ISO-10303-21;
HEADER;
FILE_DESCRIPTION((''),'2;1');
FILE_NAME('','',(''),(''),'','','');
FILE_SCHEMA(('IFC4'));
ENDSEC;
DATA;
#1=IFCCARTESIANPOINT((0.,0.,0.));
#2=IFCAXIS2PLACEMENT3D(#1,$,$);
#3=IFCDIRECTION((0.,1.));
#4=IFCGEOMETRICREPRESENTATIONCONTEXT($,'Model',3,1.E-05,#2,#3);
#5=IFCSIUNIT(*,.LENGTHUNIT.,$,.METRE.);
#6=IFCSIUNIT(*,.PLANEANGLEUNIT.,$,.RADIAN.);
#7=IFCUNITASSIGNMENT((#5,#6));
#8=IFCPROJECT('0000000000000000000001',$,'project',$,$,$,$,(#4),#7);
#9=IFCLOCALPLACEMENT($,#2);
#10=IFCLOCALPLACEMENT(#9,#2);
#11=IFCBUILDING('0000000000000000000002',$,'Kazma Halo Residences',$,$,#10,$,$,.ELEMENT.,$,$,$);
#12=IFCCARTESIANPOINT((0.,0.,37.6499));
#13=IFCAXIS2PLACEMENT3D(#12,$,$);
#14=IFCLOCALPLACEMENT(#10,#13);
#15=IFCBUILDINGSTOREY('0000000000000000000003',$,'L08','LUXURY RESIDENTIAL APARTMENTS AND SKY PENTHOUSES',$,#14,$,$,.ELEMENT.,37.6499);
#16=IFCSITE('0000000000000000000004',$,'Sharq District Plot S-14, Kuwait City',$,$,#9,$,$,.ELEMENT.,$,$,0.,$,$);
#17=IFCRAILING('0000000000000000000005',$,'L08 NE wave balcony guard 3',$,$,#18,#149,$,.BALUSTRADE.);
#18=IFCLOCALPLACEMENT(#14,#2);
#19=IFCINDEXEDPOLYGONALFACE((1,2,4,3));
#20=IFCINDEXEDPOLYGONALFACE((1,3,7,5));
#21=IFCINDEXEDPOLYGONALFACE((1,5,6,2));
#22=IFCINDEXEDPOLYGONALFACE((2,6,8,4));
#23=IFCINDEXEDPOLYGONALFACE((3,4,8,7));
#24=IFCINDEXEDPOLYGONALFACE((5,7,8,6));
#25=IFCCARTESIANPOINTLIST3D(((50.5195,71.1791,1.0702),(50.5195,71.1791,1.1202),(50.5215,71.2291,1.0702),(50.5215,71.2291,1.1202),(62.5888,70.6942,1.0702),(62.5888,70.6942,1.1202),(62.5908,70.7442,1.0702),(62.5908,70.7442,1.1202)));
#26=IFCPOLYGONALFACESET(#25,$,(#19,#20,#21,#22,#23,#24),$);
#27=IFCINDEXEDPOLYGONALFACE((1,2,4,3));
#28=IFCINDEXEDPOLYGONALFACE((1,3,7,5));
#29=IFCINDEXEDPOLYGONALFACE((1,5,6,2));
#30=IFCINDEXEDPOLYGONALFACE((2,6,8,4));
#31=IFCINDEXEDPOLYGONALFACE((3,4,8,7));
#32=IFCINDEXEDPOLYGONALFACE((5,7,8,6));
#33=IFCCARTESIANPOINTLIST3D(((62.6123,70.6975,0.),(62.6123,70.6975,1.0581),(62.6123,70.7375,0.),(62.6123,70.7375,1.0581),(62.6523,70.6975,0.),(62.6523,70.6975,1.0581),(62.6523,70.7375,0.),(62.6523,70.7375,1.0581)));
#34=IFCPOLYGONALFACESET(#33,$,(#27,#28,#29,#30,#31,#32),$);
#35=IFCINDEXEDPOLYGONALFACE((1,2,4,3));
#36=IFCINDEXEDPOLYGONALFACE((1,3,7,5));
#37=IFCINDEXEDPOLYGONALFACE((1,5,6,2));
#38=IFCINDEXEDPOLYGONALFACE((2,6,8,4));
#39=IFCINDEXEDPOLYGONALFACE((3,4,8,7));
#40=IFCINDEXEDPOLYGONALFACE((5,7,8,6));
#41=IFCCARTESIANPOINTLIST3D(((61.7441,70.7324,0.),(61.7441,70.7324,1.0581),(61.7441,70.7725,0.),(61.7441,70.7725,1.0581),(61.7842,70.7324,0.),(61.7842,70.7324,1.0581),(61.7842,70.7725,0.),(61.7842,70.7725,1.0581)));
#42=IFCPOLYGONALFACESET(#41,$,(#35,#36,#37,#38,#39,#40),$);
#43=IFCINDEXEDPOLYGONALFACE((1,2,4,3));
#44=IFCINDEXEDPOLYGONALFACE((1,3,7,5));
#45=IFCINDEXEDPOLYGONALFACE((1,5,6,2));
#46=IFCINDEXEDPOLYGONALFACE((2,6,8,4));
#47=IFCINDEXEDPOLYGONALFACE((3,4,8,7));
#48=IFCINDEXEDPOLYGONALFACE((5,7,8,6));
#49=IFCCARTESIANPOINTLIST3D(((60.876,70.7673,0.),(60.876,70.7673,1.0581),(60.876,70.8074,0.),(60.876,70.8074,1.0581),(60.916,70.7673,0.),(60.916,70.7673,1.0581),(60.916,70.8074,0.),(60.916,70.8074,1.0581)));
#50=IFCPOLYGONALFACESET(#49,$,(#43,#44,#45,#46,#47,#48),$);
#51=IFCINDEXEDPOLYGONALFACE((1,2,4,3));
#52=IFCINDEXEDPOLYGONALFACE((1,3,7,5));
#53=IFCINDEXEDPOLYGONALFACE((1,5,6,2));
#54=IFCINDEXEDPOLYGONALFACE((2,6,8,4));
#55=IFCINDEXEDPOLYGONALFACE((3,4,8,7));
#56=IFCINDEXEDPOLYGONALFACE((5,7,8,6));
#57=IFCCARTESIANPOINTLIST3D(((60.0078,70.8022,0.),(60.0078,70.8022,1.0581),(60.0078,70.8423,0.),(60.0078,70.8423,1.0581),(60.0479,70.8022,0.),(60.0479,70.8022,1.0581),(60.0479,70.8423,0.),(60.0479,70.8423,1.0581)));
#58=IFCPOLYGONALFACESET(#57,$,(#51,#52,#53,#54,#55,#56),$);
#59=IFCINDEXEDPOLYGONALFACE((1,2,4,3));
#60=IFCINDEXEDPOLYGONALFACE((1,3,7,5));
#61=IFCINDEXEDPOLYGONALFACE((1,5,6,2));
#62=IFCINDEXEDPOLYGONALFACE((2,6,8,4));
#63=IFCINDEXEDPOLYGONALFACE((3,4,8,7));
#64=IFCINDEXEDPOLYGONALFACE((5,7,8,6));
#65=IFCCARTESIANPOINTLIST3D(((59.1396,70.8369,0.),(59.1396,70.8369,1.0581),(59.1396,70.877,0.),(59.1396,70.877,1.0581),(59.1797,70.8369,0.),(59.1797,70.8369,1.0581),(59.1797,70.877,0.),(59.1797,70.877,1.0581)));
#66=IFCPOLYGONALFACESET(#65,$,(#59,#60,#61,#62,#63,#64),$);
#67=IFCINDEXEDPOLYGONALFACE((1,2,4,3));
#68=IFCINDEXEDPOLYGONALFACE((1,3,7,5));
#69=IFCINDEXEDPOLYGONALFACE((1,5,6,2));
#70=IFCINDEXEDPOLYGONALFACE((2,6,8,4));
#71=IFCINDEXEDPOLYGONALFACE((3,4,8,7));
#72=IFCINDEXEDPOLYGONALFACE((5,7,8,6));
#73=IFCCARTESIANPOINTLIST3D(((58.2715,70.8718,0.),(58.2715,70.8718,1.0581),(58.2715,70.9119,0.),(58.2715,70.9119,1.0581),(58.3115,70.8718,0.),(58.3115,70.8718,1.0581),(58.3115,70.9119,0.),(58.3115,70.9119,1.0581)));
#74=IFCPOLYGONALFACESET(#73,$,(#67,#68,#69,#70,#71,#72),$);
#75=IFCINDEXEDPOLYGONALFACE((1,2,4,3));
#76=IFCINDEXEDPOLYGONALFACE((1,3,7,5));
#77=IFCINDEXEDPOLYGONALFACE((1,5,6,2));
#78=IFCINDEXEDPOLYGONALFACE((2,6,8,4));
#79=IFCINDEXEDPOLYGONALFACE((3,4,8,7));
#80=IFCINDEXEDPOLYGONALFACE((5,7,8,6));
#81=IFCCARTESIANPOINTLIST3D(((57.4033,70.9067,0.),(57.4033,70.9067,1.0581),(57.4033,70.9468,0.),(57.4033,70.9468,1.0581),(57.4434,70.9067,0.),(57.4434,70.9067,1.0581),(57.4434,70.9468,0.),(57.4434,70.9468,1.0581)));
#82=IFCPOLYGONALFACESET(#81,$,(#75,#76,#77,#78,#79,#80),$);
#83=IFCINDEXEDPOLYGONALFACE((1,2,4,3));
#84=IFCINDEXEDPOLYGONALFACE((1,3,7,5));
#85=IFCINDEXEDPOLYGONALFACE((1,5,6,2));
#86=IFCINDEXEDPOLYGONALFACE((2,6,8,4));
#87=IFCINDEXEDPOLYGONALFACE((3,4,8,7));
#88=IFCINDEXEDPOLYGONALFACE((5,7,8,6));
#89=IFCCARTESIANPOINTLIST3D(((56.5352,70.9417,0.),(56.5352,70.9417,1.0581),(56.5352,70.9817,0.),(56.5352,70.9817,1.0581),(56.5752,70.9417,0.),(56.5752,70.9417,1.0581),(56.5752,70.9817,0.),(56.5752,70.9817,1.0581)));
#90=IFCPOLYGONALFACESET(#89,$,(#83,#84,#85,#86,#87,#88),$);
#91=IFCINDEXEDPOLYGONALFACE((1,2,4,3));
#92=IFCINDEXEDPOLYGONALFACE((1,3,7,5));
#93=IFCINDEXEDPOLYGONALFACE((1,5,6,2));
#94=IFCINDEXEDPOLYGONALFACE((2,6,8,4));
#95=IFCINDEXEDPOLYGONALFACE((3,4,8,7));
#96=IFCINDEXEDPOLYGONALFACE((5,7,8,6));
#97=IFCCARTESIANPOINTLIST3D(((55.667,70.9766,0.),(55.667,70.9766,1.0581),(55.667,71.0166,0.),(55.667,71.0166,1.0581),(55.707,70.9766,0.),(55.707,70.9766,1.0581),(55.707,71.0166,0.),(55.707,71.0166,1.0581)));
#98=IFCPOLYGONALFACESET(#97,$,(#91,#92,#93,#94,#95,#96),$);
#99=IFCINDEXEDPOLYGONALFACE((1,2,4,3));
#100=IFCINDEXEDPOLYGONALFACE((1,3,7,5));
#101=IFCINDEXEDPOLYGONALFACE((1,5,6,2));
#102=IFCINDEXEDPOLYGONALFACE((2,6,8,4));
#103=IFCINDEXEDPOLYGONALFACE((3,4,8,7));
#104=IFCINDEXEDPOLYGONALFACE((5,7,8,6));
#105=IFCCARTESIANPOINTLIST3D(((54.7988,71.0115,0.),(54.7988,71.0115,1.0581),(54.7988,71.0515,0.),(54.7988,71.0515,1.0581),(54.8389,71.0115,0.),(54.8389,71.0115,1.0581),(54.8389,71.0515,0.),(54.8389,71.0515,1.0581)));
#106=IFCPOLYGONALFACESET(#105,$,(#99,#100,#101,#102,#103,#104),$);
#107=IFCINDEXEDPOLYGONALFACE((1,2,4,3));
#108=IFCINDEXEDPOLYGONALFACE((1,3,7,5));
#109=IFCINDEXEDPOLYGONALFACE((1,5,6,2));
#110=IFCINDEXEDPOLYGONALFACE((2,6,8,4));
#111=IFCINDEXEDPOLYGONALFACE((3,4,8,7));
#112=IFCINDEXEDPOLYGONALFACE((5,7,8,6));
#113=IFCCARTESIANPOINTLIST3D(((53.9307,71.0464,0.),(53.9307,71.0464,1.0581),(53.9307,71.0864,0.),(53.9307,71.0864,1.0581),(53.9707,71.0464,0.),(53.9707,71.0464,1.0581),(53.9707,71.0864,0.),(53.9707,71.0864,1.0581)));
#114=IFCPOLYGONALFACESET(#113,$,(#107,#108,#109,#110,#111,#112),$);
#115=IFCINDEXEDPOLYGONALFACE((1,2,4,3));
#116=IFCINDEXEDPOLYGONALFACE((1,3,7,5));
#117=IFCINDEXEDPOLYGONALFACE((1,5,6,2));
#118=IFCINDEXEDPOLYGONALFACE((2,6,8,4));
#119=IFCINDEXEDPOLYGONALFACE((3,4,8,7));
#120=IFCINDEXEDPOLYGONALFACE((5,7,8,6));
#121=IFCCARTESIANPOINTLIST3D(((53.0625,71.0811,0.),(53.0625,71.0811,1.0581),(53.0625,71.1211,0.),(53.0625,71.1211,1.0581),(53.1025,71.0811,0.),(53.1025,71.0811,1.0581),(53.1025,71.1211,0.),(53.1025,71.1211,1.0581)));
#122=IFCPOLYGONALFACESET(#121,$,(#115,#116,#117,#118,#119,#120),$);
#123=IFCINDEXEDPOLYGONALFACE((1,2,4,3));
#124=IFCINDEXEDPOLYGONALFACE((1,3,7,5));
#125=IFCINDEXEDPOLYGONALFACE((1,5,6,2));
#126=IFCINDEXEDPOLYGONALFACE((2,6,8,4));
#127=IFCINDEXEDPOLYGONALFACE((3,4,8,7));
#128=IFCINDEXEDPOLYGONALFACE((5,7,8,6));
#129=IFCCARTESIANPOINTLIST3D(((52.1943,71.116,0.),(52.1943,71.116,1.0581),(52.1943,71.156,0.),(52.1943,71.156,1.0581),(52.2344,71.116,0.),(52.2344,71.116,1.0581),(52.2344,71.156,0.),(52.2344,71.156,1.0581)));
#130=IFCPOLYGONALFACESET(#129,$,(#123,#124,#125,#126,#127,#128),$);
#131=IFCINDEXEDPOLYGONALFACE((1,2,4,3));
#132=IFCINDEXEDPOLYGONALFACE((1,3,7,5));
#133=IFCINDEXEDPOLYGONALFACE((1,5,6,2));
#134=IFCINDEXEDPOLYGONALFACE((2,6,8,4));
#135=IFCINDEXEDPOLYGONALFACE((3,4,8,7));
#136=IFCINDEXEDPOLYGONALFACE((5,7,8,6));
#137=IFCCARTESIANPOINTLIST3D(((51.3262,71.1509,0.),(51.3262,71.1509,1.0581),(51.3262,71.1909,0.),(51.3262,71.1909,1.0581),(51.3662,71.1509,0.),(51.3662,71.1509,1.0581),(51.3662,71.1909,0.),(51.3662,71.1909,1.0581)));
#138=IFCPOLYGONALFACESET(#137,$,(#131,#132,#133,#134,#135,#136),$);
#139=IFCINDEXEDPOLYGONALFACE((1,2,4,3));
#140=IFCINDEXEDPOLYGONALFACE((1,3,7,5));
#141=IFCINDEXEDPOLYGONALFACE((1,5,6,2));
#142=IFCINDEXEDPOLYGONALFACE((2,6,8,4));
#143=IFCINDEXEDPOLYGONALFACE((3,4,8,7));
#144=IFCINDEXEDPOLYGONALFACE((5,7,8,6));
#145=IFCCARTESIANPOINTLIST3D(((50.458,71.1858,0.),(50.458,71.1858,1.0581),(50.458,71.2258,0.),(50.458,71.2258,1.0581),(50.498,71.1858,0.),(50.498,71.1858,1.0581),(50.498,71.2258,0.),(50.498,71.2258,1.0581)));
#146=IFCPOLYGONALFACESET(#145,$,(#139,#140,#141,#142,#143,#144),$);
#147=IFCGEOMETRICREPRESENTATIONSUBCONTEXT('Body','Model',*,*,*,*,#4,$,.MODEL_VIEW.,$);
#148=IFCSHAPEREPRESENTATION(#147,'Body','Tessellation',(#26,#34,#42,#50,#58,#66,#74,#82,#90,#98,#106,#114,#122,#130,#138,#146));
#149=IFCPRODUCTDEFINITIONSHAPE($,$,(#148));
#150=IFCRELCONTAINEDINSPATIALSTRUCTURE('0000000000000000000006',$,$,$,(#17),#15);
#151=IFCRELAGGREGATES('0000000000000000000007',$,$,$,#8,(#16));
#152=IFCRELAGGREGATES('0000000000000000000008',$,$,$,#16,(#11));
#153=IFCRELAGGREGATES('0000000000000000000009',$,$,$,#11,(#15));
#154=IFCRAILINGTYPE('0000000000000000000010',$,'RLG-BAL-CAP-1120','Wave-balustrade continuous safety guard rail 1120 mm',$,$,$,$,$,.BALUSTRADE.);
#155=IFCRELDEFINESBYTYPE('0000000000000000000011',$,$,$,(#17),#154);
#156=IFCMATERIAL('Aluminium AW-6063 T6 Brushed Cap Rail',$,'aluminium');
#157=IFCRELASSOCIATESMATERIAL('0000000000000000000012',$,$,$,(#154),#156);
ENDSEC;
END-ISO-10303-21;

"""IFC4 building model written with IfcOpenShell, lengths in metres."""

from ifc_helpers import new_model, si_unit, direction, frame, origin, origin_2d, place, context, subcontext, project, spatial, rectangle, extrude, material, type_object, element, save


model = new_model("IFC4")

# Units and contexts
model_context = context("Model", 3, precision=1e-05, world=origin(), true_north=direction((0.0, 1.0)))
body_context = subcontext(model_context, "Body", "Model", "MODEL_VIEW")
ifc_project = project(units=[si_unit("LENGTHUNIT", "METRE"), si_unit("PLANEANGLEUNIT", "RADIAN")], contexts=[model_context])

# Site, building, storey
site_placement = place(None, origin())
site = spatial("IfcSite", under=ifc_project, at=site_placement, Name="Sharq District Plot S-14, Kuwait City", CompositionType="ELEMENT", RefElevation=0.0)
building_placement = place(site_placement, origin())
building = spatial("IfcBuilding", under=site, at=building_placement, Name="Kazma Halo Residences", CompositionType="ELEMENT")
storey_placement = place(building_placement, frame((0.0, 0.0, 37.6499)))
storey = spatial("IfcBuildingStorey", under=building, at=storey_placement, Name="L08", Description="LUXURY RESIDENTIAL APARTMENTS AND SKY PENTHOUSES", CompositionType="ELEMENT", Elevation=37.6499)

# Railing
ifc_material_1 = material(Name="Aluminium AW-6063 T6 Brushed Cap Rail", Category="aluminium")
railing_type = type_object("IfcRailingType", Name="RLG-BAL-CAP-1120", Description="Wave-balustrade continuous safety guard rail 1120 mm", PredefinedType="BALUSTRADE", material=ifc_material_1)
railing_1_placement = place(storey_placement, frame((62.6323, 70.7175, 0.0)))
element("IfcRailing", 1, at=railing_1_placement, inside=storey, type_object=railing_type, Name="L08 NE wave balcony guard 3", PredefinedType="BALUSTRADE", context=body_context, shape_type="SweptSolid", body=[
    extrude(rectangle(XDim=0.05, YDim=0.05, at=origin_2d()), frame((-0.0425, 0.0017, 1.0952), z_axis=(-0.999194, 0.040141, 0.0), x_axis=(-0.040141, -0.999194, 0.0)), (0.0, 0.0, 1.0), 12.0791),
    extrude(rectangle(XDim=0.04, YDim=0.04, at=origin_2d()), origin(), (0.0, 0.0, 1.0), 1.0581),
    extrude(rectangle(XDim=0.04, YDim=0.04, at=origin_2d()), frame((-0.8682, 0.0349, 0.0)), (0.0, 0.0, 1.0), 1.0581),
    extrude(rectangle(XDim=0.04, YDim=0.04, at=origin_2d()), frame((-1.7363, 0.0698, 0.0)), (0.0, 0.0, 1.0), 1.0581),
    extrude(rectangle(XDim=0.04, YDim=0.04, at=origin_2d()), frame((-2.6045, 0.1047, 0.0)), (0.0, 0.0, 1.0), 1.0581),
    extrude(rectangle(XDim=0.04, YDim=0.04, at=origin_2d()), frame((-3.4727, 0.1394, 0.0)), (0.0, 0.0, 1.0), 1.0581),
    extrude(rectangle(XDim=0.04, YDim=0.04, at=origin_2d()), frame((-4.3408, 0.1743, 0.0)), (0.0, 0.0, 1.0), 1.0581),
    extrude(rectangle(XDim=0.04, YDim=0.04, at=origin_2d()), frame((-5.209, 0.2092, 0.0)), (0.0, 0.0, 1.0), 1.0581),
    extrude(rectangle(XDim=0.04, YDim=0.04, at=origin_2d()), frame((-6.0771, 0.2441, 0.0)), (0.0, 0.0, 1.0), 1.0581),
    extrude(rectangle(XDim=0.04, YDim=0.04, at=origin_2d()), frame((-6.9453, 0.2791, 0.0)), (0.0, 0.0, 1.0), 1.0581),
    extrude(rectangle(XDim=0.04, YDim=0.04, at=origin_2d()), frame((-7.8135, 0.314, 0.0)), (0.0, 0.0, 1.0), 1.0581),
    extrude(rectangle(XDim=0.04, YDim=0.04, at=origin_2d()), frame((-8.6816, 0.3489, 0.0)), (0.0, 0.0, 1.0), 1.0581),
    extrude(rectangle(XDim=0.04, YDim=0.04, at=origin_2d()), frame((-9.5498, 0.3835, 0.0)), (0.0, 0.0, 1.0), 1.0581),
    extrude(rectangle(XDim=0.04, YDim=0.04, at=origin_2d()), frame((-10.418, 0.4185, 0.0)), (0.0, 0.0, 1.0), 1.0581),
    extrude(rectangle(XDim=0.04, YDim=0.04, at=origin_2d()), frame((-11.2861, 0.4534, 0.0)), (0.0, 0.0, 1.0), 1.0581),
    extrude(rectangle(XDim=0.04, YDim=0.04, at=origin_2d()), frame((-12.1543, 0.4883, 0.0)), (0.0, 0.0, 1.0), 1.0581),
])

save(model, "model.ifc")
